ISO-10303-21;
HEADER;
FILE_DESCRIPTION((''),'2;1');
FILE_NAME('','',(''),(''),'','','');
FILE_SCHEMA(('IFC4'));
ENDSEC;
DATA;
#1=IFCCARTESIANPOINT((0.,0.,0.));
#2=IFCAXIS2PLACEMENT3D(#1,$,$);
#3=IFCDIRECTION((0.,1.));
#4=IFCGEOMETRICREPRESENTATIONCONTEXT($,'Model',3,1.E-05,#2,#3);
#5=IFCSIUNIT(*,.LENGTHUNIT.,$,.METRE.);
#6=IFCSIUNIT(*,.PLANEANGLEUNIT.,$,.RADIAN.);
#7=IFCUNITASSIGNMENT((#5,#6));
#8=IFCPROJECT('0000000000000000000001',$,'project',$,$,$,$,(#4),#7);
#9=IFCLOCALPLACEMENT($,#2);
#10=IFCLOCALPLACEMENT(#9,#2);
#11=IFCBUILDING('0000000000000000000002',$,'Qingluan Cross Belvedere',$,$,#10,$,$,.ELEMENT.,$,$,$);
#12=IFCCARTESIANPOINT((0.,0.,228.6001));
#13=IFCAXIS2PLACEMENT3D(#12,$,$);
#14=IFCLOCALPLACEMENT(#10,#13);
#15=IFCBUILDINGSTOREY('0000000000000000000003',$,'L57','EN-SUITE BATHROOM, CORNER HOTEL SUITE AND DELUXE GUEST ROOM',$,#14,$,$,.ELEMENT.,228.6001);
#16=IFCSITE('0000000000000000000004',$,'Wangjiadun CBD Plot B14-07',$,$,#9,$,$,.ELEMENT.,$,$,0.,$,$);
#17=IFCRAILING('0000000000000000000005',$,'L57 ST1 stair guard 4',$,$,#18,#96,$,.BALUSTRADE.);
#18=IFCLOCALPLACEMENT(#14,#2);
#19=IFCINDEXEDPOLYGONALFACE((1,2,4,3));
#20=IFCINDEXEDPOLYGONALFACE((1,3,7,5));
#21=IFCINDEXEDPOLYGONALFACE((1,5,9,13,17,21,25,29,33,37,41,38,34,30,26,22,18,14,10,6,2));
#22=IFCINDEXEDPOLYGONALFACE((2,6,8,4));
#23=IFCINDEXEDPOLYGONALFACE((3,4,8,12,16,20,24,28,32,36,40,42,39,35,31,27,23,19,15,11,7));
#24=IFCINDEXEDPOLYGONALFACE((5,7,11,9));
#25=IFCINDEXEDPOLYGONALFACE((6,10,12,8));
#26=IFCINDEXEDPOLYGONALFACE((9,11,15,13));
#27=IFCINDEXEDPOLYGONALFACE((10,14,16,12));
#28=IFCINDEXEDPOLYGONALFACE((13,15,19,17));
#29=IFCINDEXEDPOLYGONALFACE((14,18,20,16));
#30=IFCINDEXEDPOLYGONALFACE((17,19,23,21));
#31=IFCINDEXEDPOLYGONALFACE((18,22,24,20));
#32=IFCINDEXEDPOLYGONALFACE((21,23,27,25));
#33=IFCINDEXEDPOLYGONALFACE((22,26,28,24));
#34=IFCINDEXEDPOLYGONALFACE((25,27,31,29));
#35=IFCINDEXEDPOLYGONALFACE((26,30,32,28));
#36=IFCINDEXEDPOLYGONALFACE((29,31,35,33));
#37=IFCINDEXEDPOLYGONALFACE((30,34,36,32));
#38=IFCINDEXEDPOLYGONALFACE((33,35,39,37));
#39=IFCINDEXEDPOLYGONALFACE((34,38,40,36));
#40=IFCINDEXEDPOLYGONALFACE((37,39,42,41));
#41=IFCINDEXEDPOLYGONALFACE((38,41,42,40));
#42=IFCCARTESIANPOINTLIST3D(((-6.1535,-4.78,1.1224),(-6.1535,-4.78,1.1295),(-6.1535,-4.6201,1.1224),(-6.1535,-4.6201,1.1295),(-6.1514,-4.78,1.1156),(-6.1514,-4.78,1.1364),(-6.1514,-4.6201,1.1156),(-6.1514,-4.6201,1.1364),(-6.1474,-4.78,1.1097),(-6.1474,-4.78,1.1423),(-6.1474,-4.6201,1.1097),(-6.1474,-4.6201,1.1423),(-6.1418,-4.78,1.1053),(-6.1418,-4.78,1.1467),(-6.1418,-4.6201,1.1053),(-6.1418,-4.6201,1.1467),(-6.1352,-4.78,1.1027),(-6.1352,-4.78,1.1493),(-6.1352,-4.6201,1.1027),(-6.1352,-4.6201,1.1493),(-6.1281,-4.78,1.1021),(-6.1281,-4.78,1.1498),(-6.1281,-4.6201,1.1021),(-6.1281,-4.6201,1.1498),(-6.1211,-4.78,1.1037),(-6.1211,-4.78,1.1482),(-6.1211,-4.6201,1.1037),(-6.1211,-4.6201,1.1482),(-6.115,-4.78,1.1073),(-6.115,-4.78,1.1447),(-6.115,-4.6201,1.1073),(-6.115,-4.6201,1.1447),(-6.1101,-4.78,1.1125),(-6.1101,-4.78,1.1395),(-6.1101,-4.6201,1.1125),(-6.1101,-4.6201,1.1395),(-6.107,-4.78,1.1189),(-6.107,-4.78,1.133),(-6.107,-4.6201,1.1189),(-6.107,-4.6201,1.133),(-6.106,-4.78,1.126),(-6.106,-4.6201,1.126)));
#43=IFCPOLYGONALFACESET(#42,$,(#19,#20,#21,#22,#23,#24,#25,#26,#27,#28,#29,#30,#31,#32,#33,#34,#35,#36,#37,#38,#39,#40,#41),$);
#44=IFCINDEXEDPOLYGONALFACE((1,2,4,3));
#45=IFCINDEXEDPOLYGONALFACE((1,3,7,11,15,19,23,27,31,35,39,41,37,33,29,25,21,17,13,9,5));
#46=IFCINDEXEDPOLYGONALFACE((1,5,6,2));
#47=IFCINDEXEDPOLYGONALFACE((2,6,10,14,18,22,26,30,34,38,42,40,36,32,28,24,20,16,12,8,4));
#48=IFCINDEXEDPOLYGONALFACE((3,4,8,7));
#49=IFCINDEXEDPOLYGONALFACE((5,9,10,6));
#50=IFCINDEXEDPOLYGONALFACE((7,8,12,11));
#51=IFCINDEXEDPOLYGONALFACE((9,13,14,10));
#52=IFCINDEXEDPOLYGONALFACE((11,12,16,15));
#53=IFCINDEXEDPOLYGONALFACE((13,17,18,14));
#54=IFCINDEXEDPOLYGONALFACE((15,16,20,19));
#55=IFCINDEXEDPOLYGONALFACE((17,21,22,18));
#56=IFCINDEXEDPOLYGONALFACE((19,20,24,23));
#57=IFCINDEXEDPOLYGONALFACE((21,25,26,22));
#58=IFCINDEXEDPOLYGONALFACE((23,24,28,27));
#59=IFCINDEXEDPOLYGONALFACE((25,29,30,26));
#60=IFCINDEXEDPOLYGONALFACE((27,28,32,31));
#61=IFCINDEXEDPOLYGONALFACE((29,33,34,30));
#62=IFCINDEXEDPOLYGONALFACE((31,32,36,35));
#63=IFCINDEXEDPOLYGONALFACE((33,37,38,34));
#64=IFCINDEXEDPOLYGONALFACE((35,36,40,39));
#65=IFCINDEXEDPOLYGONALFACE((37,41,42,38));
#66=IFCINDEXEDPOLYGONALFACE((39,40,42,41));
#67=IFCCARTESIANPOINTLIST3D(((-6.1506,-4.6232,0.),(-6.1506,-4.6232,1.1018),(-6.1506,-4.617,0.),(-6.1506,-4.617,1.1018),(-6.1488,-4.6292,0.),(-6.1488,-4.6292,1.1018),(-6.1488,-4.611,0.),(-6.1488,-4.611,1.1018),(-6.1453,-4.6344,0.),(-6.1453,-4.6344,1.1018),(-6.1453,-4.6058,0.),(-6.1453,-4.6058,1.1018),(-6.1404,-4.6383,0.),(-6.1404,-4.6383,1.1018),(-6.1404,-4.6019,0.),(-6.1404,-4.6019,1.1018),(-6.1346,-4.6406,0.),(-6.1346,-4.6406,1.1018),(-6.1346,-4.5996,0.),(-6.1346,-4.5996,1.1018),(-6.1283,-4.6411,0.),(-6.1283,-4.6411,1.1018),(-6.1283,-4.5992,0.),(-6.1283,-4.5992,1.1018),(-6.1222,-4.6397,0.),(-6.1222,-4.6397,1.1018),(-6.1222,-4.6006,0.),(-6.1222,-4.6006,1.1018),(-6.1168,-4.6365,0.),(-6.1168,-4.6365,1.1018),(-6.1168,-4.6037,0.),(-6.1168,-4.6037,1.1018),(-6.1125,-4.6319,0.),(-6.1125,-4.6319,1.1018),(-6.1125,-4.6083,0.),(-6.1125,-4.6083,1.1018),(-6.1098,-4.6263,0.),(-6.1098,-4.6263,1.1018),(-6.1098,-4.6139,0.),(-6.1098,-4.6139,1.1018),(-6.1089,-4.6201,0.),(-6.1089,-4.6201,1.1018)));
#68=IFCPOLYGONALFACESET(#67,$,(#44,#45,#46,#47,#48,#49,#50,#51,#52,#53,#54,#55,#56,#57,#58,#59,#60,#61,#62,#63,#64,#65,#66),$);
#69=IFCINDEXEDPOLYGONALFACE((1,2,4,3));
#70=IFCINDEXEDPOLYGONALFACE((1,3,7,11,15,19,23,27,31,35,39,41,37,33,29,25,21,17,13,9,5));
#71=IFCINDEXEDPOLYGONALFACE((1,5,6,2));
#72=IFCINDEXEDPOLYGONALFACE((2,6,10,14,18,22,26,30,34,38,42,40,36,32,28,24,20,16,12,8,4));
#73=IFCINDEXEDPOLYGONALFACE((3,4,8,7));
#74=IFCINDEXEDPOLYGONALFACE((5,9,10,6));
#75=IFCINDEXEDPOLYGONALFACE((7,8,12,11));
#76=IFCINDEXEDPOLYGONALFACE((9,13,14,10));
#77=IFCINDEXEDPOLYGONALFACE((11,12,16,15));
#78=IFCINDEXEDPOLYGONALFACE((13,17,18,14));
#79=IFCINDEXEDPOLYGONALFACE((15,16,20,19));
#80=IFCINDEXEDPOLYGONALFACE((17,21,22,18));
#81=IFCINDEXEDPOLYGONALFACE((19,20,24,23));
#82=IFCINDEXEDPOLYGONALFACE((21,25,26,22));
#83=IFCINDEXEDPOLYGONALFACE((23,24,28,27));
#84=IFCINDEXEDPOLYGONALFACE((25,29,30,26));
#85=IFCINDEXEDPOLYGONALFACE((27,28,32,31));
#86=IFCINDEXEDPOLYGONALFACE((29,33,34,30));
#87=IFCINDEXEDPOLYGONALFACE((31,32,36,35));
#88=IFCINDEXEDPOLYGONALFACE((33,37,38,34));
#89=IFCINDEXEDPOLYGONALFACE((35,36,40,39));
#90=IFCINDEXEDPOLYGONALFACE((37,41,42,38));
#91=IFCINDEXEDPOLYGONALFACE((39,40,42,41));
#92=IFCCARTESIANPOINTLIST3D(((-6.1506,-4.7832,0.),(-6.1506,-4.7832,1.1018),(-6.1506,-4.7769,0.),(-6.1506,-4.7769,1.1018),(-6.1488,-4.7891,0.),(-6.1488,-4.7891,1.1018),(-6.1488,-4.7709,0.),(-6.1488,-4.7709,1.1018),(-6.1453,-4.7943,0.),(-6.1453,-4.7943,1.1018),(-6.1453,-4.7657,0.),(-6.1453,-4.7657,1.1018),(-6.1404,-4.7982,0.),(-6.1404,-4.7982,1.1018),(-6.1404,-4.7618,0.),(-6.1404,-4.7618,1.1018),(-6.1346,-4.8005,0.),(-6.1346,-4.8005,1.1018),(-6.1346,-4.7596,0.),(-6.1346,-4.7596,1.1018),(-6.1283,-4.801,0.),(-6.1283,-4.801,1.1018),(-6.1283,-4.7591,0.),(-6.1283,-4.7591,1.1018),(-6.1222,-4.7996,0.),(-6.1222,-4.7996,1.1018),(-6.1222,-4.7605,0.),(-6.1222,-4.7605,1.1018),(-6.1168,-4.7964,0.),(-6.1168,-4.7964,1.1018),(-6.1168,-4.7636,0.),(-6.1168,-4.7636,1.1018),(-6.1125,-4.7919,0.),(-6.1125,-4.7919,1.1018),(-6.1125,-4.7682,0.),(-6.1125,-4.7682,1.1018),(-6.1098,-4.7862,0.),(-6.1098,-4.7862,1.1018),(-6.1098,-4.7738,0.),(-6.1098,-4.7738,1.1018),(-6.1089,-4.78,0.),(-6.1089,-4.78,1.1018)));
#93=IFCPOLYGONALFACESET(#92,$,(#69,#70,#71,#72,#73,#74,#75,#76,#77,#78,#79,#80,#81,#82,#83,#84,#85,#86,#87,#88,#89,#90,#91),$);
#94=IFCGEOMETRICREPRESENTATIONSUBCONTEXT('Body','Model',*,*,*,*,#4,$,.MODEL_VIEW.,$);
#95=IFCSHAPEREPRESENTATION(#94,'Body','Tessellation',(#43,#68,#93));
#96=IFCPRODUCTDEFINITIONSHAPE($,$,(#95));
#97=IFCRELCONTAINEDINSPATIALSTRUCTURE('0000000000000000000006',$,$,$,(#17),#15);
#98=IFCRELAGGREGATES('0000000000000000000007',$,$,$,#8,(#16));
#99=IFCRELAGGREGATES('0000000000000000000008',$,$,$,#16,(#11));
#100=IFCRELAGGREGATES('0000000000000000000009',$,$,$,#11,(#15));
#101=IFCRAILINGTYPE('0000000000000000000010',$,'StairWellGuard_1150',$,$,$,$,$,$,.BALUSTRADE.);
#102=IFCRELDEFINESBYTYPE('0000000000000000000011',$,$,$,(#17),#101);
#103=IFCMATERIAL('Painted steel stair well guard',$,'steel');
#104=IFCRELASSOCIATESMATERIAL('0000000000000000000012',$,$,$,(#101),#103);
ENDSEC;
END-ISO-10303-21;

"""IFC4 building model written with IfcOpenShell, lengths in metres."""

from ifc_helpers import new_model, si_unit, direction, frame, origin, origin_2d, place, context, subcontext, project, spatial, circle, extrude, material, type_object, element, save


model = new_model("IFC4")

# Units and contexts
model_context = context("Model", 3, precision=1e-05, world=origin(), true_north=direction((0.0, 1.0)))
body_context = subcontext(model_context, "Body", "Model", "MODEL_VIEW")
ifc_project = project(units=[si_unit("LENGTHUNIT", "METRE"), si_unit("PLANEANGLEUNIT", "RADIAN")], contexts=[model_context])

# Site, building, storey
site_placement = place(None, origin())
site = spatial("IfcSite", under=ifc_project, at=site_placement, Name="Wangjiadun CBD Plot B14-07", CompositionType="ELEMENT", RefElevation=0.0)
building_placement = place(site_placement, origin())
building = spatial("IfcBuilding", under=site, at=building_placement, Name="Qingluan Cross Belvedere", CompositionType="ELEMENT")
storey_placement = place(building_placement, frame((0.0, 0.0, 228.6001)))
storey = spatial("IfcBuildingStorey", under=building, at=storey_placement, Name="L57", Description="EN-SUITE BATHROOM, CORNER HOTEL SUITE AND DELUXE GUEST ROOM", CompositionType="ELEMENT", Elevation=228.6001)

# Railing
ifc_material_1 = material(Name="Painted steel stair well guard", Category="steel")
railing_type_1 = type_object("IfcRailingType", Name="StairWellGuard_1150", PredefinedType="BALUSTRADE", material=ifc_material_1)
railing_1_placement = place(storey_placement, frame((-6.1299, -4.6201, 0.0)))
element("IfcRailing", 1, at=railing_1_placement, inside=storey, type_object=railing_type_1, Name="L57 ST1 stair guard 4", PredefinedType="BALUSTRADE", context=body_context, shape_type="SweptSolid", body=[
    extrude(circle(Radius=0.0239, at=origin_2d()), frame((0.0, 0.0, 1.126), z_axis=(0.0, -1.0, 0.0), x_axis=(1.0, 0.0, 0.0)), (0.0, 0.0, 1.0), 0.1599),
    extrude(circle(Radius=0.021, at=origin_2d()), origin(), (0.0, 0.0, 1.0), 1.1018),
    extrude(circle(Radius=0.021, at=origin_2d()), frame((0.0, -0.1599, 0.0)), (0.0, 0.0, 1.0), 1.1018),
])

save(model, "model.ifc")
